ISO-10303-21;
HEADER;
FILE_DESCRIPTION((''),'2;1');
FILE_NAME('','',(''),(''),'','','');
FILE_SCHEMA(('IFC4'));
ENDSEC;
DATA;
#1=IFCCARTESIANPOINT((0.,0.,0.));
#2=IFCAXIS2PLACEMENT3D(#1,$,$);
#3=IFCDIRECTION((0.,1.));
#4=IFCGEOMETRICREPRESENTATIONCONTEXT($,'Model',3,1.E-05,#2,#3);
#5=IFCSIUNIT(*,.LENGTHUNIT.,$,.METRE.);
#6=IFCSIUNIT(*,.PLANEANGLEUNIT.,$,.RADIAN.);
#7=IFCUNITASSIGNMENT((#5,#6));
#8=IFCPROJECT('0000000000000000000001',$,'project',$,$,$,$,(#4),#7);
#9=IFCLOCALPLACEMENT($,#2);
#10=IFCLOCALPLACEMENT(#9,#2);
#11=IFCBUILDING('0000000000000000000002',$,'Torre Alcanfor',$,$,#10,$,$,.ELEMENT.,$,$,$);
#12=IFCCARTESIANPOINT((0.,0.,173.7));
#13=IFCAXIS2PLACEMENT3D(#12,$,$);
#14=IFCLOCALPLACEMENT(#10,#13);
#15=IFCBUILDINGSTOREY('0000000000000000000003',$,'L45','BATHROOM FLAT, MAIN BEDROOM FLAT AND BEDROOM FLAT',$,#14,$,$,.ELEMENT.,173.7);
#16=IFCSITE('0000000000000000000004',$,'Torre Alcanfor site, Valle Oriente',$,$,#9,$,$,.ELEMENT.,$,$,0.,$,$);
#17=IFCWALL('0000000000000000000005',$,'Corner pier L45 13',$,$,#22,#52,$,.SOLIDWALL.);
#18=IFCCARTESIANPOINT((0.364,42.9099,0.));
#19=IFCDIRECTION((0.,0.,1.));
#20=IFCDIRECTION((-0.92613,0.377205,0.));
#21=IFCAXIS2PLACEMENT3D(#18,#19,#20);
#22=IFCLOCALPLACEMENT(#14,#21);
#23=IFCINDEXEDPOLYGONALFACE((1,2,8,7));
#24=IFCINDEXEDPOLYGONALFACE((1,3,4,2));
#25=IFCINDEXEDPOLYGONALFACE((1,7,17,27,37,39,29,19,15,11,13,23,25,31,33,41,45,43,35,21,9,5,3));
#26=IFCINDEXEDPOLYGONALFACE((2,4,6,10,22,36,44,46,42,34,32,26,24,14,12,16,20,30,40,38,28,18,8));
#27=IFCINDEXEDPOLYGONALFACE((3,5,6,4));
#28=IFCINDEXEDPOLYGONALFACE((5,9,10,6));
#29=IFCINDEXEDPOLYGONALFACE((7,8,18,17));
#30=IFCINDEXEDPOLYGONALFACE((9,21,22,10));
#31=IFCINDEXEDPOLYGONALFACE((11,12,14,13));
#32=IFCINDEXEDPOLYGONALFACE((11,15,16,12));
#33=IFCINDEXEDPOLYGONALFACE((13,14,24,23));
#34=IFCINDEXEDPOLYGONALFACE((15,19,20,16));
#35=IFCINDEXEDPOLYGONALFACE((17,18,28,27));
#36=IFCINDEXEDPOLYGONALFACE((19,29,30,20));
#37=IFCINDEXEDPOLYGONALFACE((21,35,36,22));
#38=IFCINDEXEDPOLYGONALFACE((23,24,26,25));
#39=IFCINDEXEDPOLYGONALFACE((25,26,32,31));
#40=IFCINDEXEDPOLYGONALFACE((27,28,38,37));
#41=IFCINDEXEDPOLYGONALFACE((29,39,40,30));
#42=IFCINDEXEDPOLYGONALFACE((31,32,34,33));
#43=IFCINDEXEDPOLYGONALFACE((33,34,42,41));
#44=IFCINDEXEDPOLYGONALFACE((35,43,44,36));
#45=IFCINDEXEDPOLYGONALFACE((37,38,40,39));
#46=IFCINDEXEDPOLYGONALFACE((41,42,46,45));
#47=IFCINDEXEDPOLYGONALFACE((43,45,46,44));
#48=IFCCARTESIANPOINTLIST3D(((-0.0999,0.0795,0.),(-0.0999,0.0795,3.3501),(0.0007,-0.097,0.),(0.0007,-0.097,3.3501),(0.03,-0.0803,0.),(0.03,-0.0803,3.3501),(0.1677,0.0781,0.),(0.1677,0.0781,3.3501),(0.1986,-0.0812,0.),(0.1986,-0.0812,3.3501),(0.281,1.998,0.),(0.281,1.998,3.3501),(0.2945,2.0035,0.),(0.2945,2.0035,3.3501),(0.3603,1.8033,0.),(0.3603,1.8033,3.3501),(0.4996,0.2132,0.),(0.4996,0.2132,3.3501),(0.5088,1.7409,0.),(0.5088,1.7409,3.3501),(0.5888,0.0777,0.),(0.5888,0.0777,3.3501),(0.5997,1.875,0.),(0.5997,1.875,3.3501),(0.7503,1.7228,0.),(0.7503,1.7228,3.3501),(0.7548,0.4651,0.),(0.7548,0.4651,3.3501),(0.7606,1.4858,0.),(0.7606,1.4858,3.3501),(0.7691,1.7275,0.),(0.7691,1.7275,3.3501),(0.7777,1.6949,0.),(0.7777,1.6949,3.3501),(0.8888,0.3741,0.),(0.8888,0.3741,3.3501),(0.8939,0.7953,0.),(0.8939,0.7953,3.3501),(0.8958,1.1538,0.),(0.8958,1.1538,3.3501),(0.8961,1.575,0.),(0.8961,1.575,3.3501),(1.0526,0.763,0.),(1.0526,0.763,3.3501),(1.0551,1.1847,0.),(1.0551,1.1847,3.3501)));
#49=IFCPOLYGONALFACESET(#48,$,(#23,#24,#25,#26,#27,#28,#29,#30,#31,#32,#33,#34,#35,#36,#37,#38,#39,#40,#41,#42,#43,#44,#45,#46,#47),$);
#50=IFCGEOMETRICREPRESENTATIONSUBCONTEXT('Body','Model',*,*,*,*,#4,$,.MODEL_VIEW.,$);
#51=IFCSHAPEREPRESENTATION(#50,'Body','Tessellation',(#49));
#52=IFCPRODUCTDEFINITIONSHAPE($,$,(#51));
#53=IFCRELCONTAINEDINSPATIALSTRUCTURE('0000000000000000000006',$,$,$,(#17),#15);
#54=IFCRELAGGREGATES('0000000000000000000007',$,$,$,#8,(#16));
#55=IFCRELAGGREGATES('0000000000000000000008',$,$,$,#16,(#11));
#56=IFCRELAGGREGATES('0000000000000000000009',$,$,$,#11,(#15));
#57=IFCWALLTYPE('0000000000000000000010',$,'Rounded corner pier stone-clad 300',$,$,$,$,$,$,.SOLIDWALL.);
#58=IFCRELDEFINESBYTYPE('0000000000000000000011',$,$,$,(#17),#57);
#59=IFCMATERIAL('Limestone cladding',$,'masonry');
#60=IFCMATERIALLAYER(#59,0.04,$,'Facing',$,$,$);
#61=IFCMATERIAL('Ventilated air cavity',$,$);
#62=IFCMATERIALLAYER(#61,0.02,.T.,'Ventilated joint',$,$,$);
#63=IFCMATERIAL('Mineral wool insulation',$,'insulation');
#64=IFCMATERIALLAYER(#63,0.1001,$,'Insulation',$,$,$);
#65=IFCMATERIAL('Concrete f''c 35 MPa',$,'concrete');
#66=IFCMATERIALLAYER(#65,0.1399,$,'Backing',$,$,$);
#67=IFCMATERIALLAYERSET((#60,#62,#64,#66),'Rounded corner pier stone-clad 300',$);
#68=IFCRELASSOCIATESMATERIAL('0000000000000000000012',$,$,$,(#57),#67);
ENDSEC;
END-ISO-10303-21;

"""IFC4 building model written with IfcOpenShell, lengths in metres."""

from ifc_helpers import new_model, si_unit, direction, frame, origin, place, context, subcontext, project, spatial, polyline, outline, extrude, material, layer, layer_set, type_object, element, save


model = new_model("IFC4")

# Units and contexts
model_context = context("Model", 3, precision=1e-05, world=origin(), true_north=direction((0.0, 1.0)))
body_context = subcontext(model_context, "Body", "Model", "MODEL_VIEW")
ifc_project = project(units=[si_unit("LENGTHUNIT", "METRE"), si_unit("PLANEANGLEUNIT", "RADIAN")], contexts=[model_context])

# Site, building, storey
site_placement = place(None, origin())
site = spatial("IfcSite", under=ifc_project, at=site_placement, Name="Torre Alcanfor site, Valle Oriente", CompositionType="ELEMENT", RefElevation=0.0)
building_placement = place(site_placement, origin())
building = spatial("IfcBuilding", under=site, at=building_placement, Name="Torre Alcanfor", CompositionType="ELEMENT")
storey_placement = place(building_placement, frame((0.0, 0.0, 173.7)))
storey = spatial("IfcBuildingStorey", under=building, at=storey_placement, Name="L45", Description="BATHROOM FLAT, MAIN BEDROOM FLAT AND BEDROOM FLAT", CompositionType="ELEMENT", Elevation=173.7)

# Wall
ifc_material_1 = material(Name="Limestone cladding", Category="masonry")
ifc_layer_1 = layer(ifc_material_1, 0.04, Name="Facing")
ifc_material_2 = material(Name="Ventilated air cavity")
ifc_layer_2 = layer(ifc_material_2, 0.02, ventilated=True, Name="Ventilated joint")
ifc_material_3 = material(Name="Mineral wool insulation", Category="insulation")
ifc_layer_3 = layer(ifc_material_3, 0.1001, Name="Insulation")
ifc_material_4 = material(Name="Concrete f'c 35 MPa", Category="concrete")
ifc_layer_4 = layer(ifc_material_4, 0.1399, Name="Backing")
ifc_layer_set_1 = layer_set([ifc_layer_1, ifc_layer_2, ifc_layer_3, ifc_layer_4], Name="Rounded corner pier stone-clad 300")
wall_type_1 = type_object("IfcWallType", Name="Rounded corner pier stone-clad 300", PredefinedType="SOLIDWALL", material=ifc_layer_set_1)
wall_1_placement = place(storey_placement, frame((0.364, 42.9099, 0.0), z_axis=(0.0, 0.0, 1.0), x_axis=(-0.92613, 0.377205, 0.0)))
element("IfcWall", 1, at=wall_1_placement, inside=storey, type_object=wall_type_1, Name="Corner pier L45 13", PredefinedType="SOLIDWALL", context=body_context, shape_type="SweptSolid", body=[
    extrude(outline(polyline([(0.3603, 1.8033), (0.5088, 1.7409), (0.7606, 1.4858), (0.8958, 1.1538), (0.8939, 0.7953), (0.7548, 0.4651), (0.4996, 0.2132), (0.1677, 0.0781), (-0.0999, 0.0795), (0.0007, -0.097), (0.03, -0.0803), (0.1986, -0.0812), (0.5888, 0.0777), (0.8888, 0.3741), (1.0526, 0.763), (1.0551, 1.1847), (0.8961, 1.575), (0.7777, 1.6949), (0.7691, 1.7275), (0.7503, 1.7228), (0.5997, 1.875), (0.2945, 2.0035), (0.281, 1.998), (0.3603, 1.8033)])), origin(), (0.0, 0.0, 1.0), 3.3501),
])

save(model, "model.ifc")
